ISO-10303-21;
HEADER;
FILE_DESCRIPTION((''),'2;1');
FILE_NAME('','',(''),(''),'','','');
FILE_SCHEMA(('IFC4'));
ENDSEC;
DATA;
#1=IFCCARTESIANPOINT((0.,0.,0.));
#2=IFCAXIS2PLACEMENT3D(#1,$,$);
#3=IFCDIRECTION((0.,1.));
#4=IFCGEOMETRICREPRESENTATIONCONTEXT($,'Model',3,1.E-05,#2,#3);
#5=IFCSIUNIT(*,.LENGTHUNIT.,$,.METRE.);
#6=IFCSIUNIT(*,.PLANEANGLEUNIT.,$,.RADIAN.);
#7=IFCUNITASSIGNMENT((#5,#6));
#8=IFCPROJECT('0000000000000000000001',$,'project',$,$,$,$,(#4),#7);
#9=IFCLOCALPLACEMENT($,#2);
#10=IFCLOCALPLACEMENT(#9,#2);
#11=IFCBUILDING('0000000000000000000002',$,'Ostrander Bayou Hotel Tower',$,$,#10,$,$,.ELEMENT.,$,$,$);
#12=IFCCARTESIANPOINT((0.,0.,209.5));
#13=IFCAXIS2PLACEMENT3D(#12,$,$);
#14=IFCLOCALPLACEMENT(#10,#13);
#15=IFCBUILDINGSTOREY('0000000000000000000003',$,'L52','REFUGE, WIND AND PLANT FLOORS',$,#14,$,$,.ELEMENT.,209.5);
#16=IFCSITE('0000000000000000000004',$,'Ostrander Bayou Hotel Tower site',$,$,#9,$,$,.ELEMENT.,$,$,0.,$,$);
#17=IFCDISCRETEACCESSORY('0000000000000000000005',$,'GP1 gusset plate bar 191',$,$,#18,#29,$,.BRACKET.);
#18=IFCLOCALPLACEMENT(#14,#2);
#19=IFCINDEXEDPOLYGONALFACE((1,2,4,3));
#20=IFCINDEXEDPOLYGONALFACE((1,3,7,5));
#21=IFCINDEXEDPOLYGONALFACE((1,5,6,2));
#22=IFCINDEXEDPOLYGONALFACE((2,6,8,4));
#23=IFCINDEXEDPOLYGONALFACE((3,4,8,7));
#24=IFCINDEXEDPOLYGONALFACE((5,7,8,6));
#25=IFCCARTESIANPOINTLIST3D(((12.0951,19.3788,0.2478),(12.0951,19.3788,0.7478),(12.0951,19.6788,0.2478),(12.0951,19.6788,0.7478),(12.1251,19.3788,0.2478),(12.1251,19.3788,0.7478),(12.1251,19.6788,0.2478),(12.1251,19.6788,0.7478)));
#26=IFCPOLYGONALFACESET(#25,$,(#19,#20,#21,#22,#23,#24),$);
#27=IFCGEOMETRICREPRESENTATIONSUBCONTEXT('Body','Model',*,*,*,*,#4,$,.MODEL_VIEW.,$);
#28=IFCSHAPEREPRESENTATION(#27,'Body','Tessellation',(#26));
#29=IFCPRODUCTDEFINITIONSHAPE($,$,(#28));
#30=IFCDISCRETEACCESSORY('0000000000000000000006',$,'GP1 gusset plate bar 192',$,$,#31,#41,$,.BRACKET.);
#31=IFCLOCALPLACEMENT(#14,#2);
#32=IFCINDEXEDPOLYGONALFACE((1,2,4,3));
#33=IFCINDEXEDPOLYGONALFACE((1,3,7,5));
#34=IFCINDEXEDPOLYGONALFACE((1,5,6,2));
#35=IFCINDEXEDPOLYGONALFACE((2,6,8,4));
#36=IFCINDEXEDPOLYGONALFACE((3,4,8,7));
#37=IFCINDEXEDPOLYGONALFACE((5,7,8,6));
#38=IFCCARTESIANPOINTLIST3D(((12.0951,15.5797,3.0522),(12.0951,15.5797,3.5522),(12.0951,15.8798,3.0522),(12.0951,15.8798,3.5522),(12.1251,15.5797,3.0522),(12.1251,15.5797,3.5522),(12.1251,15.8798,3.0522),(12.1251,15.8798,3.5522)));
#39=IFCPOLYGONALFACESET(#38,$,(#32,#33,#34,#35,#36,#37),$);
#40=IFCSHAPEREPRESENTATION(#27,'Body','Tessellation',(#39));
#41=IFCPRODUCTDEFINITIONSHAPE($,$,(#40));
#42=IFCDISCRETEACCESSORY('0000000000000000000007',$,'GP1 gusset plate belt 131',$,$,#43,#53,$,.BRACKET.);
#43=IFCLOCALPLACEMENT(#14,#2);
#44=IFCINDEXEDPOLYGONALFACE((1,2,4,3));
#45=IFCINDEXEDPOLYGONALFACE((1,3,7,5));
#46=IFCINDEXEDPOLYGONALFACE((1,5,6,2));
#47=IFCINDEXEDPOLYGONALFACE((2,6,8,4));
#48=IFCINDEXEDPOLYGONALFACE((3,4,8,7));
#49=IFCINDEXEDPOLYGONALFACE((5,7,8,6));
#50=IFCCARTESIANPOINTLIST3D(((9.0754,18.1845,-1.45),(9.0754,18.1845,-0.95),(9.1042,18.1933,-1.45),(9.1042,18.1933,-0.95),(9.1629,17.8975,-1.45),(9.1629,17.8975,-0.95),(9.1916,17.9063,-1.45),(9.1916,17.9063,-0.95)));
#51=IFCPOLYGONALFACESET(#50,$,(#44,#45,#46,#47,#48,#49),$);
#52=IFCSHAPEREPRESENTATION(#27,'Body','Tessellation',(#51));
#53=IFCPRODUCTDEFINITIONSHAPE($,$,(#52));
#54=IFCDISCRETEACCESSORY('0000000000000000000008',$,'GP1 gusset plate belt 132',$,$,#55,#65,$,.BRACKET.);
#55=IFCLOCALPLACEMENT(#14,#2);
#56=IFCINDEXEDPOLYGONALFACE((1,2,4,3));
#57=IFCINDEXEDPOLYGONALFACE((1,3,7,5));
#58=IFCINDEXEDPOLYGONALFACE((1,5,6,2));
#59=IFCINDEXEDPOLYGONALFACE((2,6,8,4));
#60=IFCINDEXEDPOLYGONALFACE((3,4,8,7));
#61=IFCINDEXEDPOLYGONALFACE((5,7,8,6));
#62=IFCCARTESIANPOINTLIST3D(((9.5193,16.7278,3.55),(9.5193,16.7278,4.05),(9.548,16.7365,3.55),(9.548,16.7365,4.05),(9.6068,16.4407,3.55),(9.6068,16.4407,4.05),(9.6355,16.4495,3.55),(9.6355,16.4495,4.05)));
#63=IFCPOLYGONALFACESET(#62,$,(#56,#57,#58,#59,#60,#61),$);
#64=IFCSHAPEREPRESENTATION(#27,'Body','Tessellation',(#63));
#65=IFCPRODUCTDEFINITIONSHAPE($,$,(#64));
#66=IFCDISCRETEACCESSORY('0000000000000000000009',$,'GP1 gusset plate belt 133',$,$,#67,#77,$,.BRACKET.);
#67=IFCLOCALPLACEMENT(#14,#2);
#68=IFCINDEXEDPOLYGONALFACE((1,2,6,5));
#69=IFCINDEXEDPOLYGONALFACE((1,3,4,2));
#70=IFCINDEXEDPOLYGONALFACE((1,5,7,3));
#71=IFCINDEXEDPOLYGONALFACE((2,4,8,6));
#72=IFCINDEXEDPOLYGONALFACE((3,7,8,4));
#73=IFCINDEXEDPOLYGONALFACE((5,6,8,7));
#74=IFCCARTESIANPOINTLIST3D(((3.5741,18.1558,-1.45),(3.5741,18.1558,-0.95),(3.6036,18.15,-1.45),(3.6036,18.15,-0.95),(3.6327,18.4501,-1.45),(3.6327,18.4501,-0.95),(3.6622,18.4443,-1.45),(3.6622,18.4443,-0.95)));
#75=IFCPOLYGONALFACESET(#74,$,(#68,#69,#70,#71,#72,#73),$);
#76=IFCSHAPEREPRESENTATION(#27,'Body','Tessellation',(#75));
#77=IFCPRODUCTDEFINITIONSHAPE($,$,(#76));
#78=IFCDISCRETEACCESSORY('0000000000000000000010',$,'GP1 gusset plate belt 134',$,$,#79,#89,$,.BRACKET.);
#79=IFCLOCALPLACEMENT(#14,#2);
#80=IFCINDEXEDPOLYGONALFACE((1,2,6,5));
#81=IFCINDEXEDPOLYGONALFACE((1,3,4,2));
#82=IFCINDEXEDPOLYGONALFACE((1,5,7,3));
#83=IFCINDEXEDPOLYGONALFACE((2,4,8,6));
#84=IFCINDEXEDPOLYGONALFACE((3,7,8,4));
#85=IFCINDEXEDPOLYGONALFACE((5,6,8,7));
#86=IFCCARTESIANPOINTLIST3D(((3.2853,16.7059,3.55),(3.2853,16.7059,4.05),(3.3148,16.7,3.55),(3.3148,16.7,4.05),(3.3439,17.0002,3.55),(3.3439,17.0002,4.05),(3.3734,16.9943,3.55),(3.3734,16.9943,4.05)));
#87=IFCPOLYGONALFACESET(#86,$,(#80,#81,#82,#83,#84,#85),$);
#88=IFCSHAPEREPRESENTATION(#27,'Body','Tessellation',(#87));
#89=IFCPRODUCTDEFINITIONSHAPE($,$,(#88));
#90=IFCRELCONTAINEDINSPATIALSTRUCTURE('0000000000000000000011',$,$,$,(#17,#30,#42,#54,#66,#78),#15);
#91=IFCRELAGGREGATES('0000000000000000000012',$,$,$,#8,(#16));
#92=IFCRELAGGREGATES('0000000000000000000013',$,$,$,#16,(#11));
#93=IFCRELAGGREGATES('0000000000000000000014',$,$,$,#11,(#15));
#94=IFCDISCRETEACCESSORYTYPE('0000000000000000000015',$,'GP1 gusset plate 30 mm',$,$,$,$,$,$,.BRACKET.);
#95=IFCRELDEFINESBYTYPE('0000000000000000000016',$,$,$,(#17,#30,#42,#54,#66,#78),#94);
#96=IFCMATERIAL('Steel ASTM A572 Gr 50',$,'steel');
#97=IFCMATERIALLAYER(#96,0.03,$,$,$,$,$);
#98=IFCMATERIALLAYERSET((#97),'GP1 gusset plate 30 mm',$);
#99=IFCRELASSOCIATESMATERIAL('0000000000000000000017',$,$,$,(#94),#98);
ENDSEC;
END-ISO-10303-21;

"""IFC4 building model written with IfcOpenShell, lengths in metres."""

from ifc_helpers import new_model, si_unit, direction, frame, origin, origin_2d, place, context, subcontext, project, spatial, rectangle, extrude, material, layer, layer_set, type_object, element, save


model = new_model("IFC4")

# Units and contexts
model_context = context("Model", 3, precision=1e-05, world=origin(), true_north=direction((0.0, 1.0)))
body_context = subcontext(model_context, "Body", "Model", "MODEL_VIEW")
ifc_project = project(units=[si_unit("LENGTHUNIT", "METRE"), si_unit("PLANEANGLEUNIT", "RADIAN")], contexts=[model_context])

# Site, building, storey
site_placement = place(None, origin())
site = spatial("IfcSite", under=ifc_project, at=site_placement, Name="Ostrander Bayou Hotel Tower site", CompositionType="ELEMENT", RefElevation=0.0)
building_placement = place(site_placement, origin())
building = spatial("IfcBuilding", under=site, at=building_placement, Name="Ostrander Bayou Hotel Tower", CompositionType="ELEMENT")
storey_placement = place(building_placement, frame((0.0, 0.0, 209.5)))
storey = spatial("IfcBuildingStorey", under=building, at=storey_placement, Name="L52", Description="REFUGE, WIND AND PLANT FLOORS", CompositionType="ELEMENT", Elevation=209.5)

# Discrete accessories
ifc_material_1 = material(Name="Steel ASTM A572 Gr 50", Category="steel")
ifc_layer = layer(ifc_material_1, 0.03)
ifc_layer_set = layer_set([ifc_layer], Name="GP1 gusset plate 30 mm")
discrete_accessory_type = type_object("IfcDiscreteAccessoryType", Name="GP1 gusset plate 30 mm", PredefinedType="BRACKET", material=ifc_layer_set)
for number, where, z_axis, x_axis, name in (
    (1, (12.1101, 19.5288, 0.2478), (0.0, 0.0, 1.0), (0.0, -1.0, 0.0), "GP1 gusset plate bar 191"),
    (2, (12.1101, 15.7297, 3.0522), (0.0, 0.0, 1.0), (0.0, -1.0, 0.0), "GP1 gusset plate bar 192"),
    (3, (9.1335, 18.0454, -1.45), (0.0, 0.0, 1.0), (0.291504, -0.95657, 0.0), "GP1 gusset plate belt 131"),
    (4, (9.5774, 16.5886, 3.55), (0.0, 0.0, 1.0), (0.291504, -0.95657, 0.0), "GP1 gusset plate belt 132"),
    (5, (3.6182, 18.3, -1.45), (0.0, 0.0, 1.0), (-0.195279, -0.980748, 0.0), "GP1 gusset plate belt 133"),
    (6, (3.3293, 16.8501, 3.55), (0.0, 0.0, 1.0), (-0.195279, -0.980748, 0.0), "GP1 gusset plate belt 134"),
):
    element("IfcDiscreteAccessory", number, at=place(storey_placement, frame(where, z_axis=z_axis, x_axis=x_axis)), inside=storey, type_object=discrete_accessory_type, Name=name, PredefinedType="BRACKET", context=body_context, shape_type="SweptSolid", body=[
        extrude(rectangle(XDim=0.3, YDim=0.03, at=origin_2d()), origin(), (0.0, 0.0, 1.0), 0.5),
    ])

save(model, "model.ifc")
